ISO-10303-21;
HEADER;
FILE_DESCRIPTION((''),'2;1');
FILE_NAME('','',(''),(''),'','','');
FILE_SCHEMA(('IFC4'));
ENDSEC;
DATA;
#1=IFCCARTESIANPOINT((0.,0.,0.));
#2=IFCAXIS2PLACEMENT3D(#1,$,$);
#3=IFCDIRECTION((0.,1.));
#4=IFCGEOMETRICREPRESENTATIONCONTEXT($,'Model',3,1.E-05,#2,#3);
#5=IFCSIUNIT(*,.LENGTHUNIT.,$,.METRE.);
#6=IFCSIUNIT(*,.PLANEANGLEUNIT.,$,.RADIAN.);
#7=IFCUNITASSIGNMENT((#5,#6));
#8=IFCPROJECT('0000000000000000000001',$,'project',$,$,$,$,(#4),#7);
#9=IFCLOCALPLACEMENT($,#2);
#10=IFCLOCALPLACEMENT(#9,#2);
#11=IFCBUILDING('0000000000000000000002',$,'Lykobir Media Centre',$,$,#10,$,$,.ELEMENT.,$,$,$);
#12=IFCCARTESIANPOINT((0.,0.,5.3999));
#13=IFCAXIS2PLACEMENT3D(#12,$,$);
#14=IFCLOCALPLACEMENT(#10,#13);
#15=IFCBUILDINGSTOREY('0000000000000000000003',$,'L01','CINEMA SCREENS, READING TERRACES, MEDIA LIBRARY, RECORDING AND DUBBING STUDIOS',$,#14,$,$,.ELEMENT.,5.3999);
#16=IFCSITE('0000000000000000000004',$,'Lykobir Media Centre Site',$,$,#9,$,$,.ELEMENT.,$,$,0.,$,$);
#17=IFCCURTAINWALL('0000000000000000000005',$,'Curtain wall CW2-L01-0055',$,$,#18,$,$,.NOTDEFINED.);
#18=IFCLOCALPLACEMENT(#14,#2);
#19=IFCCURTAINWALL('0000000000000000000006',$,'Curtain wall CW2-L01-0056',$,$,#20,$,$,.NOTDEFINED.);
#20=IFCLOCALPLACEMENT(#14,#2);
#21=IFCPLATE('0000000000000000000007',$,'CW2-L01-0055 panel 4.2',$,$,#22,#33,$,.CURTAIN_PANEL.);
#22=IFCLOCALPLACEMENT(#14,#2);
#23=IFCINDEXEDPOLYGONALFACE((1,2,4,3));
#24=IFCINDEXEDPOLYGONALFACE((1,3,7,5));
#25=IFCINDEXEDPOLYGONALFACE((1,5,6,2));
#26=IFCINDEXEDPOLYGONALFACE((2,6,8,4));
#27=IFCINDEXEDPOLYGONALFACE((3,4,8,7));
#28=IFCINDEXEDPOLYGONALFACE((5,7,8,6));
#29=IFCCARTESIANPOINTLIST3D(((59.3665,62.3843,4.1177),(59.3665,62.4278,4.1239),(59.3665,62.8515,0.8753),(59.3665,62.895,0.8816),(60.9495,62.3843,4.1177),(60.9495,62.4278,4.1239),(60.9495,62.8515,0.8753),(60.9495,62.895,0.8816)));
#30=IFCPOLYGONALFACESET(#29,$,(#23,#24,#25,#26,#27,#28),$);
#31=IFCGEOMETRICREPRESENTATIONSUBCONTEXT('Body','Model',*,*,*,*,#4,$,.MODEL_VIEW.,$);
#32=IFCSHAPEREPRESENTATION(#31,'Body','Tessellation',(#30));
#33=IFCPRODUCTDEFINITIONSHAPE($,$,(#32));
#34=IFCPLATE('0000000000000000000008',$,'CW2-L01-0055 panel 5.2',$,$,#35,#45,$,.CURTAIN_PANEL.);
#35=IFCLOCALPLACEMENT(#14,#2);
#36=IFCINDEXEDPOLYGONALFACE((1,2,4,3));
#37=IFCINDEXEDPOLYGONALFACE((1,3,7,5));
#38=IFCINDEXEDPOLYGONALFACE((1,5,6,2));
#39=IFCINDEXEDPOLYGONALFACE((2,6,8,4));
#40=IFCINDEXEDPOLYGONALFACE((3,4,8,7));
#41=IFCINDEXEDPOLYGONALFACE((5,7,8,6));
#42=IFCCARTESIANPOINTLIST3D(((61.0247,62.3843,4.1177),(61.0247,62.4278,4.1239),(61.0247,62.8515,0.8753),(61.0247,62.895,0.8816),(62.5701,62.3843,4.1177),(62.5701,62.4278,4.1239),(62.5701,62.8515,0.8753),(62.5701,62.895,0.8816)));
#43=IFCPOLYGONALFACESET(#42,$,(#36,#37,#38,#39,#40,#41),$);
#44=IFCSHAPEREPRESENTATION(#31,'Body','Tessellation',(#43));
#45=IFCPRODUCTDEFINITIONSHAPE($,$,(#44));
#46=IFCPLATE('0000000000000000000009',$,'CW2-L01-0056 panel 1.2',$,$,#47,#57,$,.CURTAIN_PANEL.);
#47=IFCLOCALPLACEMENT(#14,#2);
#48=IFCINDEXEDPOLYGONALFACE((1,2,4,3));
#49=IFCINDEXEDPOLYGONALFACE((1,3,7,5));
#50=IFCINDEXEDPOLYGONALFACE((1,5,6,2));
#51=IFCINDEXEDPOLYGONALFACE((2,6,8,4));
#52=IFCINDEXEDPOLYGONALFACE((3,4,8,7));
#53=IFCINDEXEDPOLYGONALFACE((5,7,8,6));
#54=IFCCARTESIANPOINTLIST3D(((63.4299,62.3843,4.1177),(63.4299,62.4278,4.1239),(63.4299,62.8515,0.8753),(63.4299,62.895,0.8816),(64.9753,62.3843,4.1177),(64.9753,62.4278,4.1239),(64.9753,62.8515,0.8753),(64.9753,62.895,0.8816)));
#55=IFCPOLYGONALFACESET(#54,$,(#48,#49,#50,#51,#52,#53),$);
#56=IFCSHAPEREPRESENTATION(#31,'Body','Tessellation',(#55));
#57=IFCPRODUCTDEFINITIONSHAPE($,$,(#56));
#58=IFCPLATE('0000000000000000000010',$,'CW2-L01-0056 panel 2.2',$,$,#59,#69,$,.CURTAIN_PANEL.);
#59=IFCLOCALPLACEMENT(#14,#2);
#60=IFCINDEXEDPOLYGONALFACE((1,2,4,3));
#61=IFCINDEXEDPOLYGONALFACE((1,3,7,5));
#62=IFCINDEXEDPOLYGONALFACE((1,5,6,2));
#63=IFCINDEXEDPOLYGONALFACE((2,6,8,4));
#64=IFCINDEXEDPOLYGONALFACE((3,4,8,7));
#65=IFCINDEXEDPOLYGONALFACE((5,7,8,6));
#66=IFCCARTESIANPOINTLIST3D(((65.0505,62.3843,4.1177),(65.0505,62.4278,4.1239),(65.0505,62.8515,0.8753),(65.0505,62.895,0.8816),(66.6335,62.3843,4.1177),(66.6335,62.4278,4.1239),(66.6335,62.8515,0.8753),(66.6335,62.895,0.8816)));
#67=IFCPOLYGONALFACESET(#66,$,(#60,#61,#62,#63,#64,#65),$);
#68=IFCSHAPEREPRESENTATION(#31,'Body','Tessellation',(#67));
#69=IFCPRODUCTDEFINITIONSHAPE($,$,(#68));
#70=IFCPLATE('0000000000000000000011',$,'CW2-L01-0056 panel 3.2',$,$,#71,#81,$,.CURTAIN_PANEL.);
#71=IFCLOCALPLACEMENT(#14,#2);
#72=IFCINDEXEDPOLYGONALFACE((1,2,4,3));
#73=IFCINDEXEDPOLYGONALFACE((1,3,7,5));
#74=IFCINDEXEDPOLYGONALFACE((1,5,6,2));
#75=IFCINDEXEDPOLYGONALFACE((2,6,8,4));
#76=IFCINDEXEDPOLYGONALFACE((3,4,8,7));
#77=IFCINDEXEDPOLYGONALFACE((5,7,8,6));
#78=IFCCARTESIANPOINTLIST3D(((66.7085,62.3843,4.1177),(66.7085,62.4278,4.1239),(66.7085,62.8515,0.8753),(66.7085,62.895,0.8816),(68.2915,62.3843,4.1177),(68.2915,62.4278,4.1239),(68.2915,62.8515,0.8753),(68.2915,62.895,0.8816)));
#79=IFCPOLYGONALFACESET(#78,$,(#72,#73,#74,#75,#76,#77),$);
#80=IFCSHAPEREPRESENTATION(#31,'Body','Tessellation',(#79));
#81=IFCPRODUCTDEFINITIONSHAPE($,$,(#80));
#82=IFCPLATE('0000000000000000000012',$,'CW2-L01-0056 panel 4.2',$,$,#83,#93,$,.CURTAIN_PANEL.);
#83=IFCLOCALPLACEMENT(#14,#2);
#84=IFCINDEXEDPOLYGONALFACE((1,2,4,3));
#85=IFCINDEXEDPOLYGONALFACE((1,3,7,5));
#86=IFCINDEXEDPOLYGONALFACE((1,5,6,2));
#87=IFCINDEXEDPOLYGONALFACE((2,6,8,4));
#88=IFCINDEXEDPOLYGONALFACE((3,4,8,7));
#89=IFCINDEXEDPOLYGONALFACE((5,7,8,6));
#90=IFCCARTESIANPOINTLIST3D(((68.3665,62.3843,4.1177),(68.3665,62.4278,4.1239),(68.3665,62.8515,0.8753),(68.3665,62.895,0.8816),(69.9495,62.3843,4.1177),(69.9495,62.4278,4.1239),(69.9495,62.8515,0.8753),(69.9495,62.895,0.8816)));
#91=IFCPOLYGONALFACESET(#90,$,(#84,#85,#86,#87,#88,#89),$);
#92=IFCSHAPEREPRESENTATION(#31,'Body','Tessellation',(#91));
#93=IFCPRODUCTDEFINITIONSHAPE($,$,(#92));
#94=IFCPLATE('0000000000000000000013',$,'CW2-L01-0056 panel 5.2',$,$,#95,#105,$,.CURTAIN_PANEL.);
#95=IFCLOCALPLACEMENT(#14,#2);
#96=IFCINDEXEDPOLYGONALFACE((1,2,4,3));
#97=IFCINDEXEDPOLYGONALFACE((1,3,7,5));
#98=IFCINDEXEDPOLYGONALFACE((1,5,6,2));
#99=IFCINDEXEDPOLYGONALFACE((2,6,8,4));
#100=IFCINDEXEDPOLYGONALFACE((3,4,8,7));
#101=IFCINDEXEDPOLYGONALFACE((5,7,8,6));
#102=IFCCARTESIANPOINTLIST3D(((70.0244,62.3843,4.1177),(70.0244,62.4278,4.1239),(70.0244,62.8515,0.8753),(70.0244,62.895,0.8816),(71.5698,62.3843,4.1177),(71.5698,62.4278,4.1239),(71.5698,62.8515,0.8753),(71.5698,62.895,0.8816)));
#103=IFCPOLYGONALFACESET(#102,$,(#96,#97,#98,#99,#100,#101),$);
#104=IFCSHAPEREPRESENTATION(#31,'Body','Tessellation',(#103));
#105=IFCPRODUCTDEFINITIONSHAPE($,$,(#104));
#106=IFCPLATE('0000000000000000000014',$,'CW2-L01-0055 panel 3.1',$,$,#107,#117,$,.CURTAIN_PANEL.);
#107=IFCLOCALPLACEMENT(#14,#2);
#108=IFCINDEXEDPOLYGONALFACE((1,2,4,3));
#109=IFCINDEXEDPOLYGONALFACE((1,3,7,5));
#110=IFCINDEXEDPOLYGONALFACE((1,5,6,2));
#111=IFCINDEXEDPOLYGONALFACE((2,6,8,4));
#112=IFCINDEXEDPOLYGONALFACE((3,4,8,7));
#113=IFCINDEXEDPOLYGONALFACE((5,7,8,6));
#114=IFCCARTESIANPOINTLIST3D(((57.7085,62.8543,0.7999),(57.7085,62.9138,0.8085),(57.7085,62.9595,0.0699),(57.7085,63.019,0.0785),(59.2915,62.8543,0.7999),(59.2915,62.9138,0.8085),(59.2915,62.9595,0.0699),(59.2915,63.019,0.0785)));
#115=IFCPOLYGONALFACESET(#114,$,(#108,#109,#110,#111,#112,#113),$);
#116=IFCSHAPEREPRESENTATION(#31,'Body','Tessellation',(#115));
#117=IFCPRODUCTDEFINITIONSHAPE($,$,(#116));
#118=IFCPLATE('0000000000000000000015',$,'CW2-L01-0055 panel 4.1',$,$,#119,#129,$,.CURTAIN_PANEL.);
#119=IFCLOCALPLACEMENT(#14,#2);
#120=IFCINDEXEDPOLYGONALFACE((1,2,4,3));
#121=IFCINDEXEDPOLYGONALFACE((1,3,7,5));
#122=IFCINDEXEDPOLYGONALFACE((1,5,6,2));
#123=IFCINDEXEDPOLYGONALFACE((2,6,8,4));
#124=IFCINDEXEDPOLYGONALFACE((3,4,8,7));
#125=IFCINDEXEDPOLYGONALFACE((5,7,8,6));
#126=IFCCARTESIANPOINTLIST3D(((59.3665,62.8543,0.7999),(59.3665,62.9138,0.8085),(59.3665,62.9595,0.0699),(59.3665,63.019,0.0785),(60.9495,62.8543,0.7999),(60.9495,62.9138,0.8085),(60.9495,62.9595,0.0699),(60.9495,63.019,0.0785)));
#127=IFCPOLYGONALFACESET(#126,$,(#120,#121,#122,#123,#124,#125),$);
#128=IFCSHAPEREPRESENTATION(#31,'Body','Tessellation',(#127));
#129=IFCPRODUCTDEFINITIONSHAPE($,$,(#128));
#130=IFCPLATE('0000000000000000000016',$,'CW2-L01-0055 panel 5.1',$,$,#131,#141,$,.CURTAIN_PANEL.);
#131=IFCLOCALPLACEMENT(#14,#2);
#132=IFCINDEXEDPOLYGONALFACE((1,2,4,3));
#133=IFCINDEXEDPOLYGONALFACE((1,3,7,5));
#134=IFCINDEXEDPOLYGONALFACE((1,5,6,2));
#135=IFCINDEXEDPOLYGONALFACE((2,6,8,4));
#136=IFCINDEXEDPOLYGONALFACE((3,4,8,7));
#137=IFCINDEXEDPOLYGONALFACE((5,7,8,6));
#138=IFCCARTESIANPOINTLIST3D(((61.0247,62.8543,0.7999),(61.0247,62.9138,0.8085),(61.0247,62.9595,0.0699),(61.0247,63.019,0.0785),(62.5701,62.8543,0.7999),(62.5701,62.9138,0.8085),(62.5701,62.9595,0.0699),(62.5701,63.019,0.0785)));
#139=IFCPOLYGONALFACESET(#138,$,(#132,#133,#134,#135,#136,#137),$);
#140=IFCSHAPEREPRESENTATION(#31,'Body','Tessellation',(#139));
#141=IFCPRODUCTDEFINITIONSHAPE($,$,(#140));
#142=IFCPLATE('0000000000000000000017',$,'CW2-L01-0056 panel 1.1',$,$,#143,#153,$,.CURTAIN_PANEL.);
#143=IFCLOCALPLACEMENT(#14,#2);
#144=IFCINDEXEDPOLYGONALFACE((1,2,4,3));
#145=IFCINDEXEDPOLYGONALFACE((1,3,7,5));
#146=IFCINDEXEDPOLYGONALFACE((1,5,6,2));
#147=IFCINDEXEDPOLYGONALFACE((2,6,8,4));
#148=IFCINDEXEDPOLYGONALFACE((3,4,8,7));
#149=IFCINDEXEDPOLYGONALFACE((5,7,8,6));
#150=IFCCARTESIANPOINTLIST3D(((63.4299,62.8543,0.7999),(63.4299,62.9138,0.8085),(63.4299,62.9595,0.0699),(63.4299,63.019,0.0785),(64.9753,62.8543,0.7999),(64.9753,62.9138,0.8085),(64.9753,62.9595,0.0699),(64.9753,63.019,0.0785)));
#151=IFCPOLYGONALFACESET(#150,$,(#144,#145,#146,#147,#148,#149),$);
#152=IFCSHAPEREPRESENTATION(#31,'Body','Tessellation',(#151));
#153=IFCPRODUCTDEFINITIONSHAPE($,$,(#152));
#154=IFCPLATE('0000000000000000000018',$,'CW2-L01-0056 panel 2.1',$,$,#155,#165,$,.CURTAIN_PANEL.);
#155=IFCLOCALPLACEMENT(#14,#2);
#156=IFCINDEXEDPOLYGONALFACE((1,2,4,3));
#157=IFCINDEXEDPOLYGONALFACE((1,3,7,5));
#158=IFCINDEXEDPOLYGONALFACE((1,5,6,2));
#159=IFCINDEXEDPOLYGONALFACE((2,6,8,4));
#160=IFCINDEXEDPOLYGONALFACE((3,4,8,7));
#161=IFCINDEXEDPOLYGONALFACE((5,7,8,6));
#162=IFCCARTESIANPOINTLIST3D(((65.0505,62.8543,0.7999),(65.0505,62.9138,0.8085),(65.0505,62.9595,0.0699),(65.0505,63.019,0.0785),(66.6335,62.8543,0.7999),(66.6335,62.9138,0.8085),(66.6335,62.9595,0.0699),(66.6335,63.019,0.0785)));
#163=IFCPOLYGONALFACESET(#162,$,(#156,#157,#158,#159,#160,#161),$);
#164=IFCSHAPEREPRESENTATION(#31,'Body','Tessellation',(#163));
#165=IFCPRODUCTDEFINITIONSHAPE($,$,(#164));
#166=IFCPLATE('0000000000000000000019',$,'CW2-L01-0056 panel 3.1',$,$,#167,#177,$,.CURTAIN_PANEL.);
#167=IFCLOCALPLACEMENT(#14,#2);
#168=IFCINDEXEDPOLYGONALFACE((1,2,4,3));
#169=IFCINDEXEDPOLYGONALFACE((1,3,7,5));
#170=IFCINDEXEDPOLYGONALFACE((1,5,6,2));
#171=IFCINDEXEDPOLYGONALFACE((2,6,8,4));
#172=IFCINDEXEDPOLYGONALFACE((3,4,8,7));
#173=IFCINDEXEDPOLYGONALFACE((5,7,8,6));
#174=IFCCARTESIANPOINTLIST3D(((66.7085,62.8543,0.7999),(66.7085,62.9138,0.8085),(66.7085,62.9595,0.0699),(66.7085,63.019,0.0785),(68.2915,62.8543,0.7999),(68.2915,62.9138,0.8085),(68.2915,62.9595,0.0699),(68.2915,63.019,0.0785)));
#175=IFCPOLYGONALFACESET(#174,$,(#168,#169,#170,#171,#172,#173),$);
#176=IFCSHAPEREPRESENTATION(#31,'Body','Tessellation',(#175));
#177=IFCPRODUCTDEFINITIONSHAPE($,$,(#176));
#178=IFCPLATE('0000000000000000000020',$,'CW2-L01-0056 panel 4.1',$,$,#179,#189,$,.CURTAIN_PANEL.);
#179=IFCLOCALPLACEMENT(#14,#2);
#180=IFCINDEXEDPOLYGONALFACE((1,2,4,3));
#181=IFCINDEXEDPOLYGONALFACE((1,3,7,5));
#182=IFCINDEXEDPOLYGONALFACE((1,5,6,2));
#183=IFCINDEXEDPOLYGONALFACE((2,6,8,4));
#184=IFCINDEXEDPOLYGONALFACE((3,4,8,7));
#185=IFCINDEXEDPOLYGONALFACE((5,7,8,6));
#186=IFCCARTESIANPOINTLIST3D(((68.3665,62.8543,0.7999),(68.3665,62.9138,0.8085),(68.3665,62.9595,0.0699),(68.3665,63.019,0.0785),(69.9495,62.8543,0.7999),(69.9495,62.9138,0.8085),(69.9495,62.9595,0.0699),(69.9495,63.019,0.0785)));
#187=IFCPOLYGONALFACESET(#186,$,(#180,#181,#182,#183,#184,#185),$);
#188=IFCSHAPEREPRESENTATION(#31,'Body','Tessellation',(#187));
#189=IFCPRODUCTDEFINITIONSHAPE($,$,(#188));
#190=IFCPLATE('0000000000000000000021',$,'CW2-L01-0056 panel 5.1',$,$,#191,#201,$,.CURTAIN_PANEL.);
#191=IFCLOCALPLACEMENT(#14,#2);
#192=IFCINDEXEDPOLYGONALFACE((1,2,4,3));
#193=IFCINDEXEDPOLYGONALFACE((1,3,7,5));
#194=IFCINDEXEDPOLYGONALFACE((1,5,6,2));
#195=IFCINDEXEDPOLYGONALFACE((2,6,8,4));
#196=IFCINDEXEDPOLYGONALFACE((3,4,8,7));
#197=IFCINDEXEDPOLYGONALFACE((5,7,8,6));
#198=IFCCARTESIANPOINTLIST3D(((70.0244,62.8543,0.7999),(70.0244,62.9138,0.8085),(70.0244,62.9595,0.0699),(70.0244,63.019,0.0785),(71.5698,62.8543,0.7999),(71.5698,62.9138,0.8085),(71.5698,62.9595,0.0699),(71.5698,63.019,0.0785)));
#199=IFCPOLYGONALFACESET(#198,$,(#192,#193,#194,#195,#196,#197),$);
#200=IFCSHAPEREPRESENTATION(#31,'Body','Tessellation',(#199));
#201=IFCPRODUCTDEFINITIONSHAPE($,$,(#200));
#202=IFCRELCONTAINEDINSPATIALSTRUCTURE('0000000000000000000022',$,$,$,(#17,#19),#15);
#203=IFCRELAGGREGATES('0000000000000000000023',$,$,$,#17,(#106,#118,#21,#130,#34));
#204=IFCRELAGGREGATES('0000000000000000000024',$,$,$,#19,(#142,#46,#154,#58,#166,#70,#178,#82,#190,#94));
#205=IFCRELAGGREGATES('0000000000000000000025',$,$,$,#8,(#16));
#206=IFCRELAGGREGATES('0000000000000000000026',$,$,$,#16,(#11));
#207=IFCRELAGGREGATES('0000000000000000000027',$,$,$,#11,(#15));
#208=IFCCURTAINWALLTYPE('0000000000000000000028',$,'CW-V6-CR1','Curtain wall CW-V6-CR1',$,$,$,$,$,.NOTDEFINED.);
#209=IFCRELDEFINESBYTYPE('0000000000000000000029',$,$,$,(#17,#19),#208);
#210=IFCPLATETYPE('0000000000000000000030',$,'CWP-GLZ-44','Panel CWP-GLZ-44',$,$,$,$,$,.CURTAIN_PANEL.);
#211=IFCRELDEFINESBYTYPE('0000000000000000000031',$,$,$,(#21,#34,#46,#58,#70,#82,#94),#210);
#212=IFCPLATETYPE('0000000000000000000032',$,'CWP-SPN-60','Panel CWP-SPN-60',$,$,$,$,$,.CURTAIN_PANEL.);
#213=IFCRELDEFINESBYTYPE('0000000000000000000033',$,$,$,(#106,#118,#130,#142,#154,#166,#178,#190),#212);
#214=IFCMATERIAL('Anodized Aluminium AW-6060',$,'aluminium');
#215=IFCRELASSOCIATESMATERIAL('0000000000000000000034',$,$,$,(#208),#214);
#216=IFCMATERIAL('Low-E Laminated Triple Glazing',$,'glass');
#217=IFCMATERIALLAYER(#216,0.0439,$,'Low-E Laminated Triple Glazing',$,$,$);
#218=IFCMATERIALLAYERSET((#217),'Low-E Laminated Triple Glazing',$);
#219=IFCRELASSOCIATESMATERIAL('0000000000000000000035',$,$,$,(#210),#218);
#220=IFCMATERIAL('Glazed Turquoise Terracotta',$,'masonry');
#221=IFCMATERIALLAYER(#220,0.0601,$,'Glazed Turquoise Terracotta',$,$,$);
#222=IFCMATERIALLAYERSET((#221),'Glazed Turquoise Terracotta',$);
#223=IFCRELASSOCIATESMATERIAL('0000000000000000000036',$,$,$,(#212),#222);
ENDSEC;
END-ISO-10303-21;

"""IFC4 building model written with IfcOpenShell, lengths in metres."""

from ifc_helpers import new_model, si_unit, direction, frame, origin, origin_2d, place, context, subcontext, project, spatial, rectangle, extrude, material, layer, layer_set, type_object, element, aggregate, save


model = new_model("IFC4")

# Units and contexts
model_context = context("Model", 3, precision=1e-05, world=origin(), true_north=direction((0.0, 1.0)))
body_context = subcontext(model_context, "Body", "Model", "MODEL_VIEW")
ifc_project = project(units=[si_unit("LENGTHUNIT", "METRE"), si_unit("PLANEANGLEUNIT", "RADIAN")], contexts=[model_context])

# Site, building, storey
site_placement = place(None, origin())
site = spatial("IfcSite", under=ifc_project, at=site_placement, Name="Lykobir Media Centre Site", CompositionType="ELEMENT", RefElevation=0.0)
building_placement = place(site_placement, origin())
building = spatial("IfcBuilding", under=site, at=building_placement, Name="Lykobir Media Centre", CompositionType="ELEMENT")
storey_placement = place(building_placement, frame((0.0, 0.0, 5.3999)))
storey = spatial("IfcBuildingStorey", under=building, at=storey_placement, Name="L01", Description="CINEMA SCREENS, READING TERRACES, MEDIA LIBRARY, RECORDING AND DUBBING STUDIOS", CompositionType="ELEMENT", Elevation=5.3999)

# Curtain walls
ifc_material_1 = material(Name="Anodized Aluminium AW-6060", Category="aluminium")
curtain_wall_type = type_object("IfcCurtainWallType", Name="CW-V6-CR1", Description="Curtain wall CW-V6-CR1", PredefinedType="NOTDEFINED", material=ifc_material_1)
curtain_wall_1_placement = place(storey_placement, origin())
curtain_wall_1 = element("IfcCurtainWall", 1, at=curtain_wall_1_placement, inside=storey, type_object=curtain_wall_type, Name="Curtain wall CW2-L01-0055", PredefinedType="NOTDEFINED")
curtain_wall_2_placement = place(storey_placement, origin())
curtain_wall_2 = element("IfcCurtainWall", 2, at=curtain_wall_2_placement, inside=storey, type_object=curtain_wall_type, Name="Curtain wall CW2-L01-0056", PredefinedType="NOTDEFINED")

# Plates
ifc_material_2 = material(Name="Low-E Laminated Triple Glazing", Category="glass")
ifc_layer_1 = layer(ifc_material_2, 0.0439, Name="Low-E Laminated Triple Glazing")
ifc_layer_set_1 = layer_set([ifc_layer_1], Name="Low-E Laminated Triple Glazing")
plate_type_1 = type_object("IfcPlateType", Name="CWP-GLZ-44", Description="Panel CWP-GLZ-44", PredefinedType="CURTAIN_PANEL", material=ifc_layer_set_1)
plate_1_placement = place(storey_placement, frame((60.158, 62.8733, 0.8784), z_axis=(0.0, -0.142629, 0.989776), x_axis=(1.0, 0.0, 0.0)))
plate_1 = element("IfcPlate", 3, at=plate_1_placement, type_object=plate_type_1, Name="CW2-L01-0055 panel 4.2", PredefinedType="CURTAIN_PANEL", context=body_context, shape_type="SweptSolid", body=[
    extrude(rectangle(XDim=1.583, YDim=0.0439, at=origin_2d()), origin(), (0.0, 0.0, 1.0), 3.2759),
])
plate_2_placement = place(storey_placement, frame((61.7974, 62.8733, 0.8784), z_axis=(0.0, -0.142629, 0.989776), x_axis=(1.0, 0.0, 0.0)))
plate_2 = element("IfcPlate", 4, at=plate_2_placement, type_object=plate_type_1, Name="CW2-L01-0055 panel 5.2", PredefinedType="CURTAIN_PANEL", context=body_context, shape_type="SweptSolid", body=[
    extrude(rectangle(XDim=1.5454, YDim=0.0439, at=origin_2d()), origin(), (0.0, 0.0, 1.0), 3.2759),
])
plate_3_placement = place(storey_placement, frame((64.2026, 62.8733, 0.8784), z_axis=(0.0, -0.142629, 0.989776), x_axis=(1.0, 0.0, 0.0)))
plate_3 = element("IfcPlate", 5, at=plate_3_placement, type_object=plate_type_1, Name="CW2-L01-0056 panel 1.2", PredefinedType="CURTAIN_PANEL", context=body_context, shape_type="SweptSolid", body=[
    extrude(rectangle(XDim=1.5454, YDim=0.0439, at=origin_2d()), origin(), (0.0, 0.0, 1.0), 3.2759),
])
plate_4_placement = place(storey_placement, frame((65.842, 62.8733, 0.8784), z_axis=(0.0, -0.142629, 0.989776), x_axis=(1.0, 0.0, 0.0)))
plate_4 = element("IfcPlate", 6, at=plate_4_placement, type_object=plate_type_1, Name="CW2-L01-0056 panel 2.2", PredefinedType="CURTAIN_PANEL", context=body_context, shape_type="SweptSolid", body=[
    extrude(rectangle(XDim=1.583, YDim=0.0439, at=origin_2d()), origin(), (0.0, 0.0, 1.0), 3.2759),
])
plate_5_placement = place(storey_placement, frame((67.5, 62.8733, 0.8784), z_axis=(0.0, -0.142629, 0.989776), x_axis=(1.0, 0.0, 0.0)))
plate_5 = element("IfcPlate", 7, at=plate_5_placement, type_object=plate_type_1, Name="CW2-L01-0056 panel 3.2", PredefinedType="CURTAIN_PANEL", context=body_context, shape_type="SweptSolid", body=[
    extrude(rectangle(XDim=1.583, YDim=0.0439, at=origin_2d()), origin(), (0.0, 0.0, 1.0), 3.2759),
])
plate_6_placement = place(storey_placement, frame((69.158, 62.8733, 0.8784), z_axis=(0.0, -0.142629, 0.989776), x_axis=(1.0, 0.0, 0.0)))
plate_6 = element("IfcPlate", 8, at=plate_6_placement, type_object=plate_type_1, Name="CW2-L01-0056 panel 4.2", PredefinedType="CURTAIN_PANEL", context=body_context, shape_type="SweptSolid", body=[
    extrude(rectangle(XDim=1.583, YDim=0.0439, at=origin_2d()), origin(), (0.0, 0.0, 1.0), 3.2759),
])
plate_7_placement = place(storey_placement, frame((70.7971, 62.8733, 0.8784), z_axis=(0.0, -0.142629, 0.989776), x_axis=(1.0, 0.0, 0.0)))
plate_7 = element("IfcPlate", 9, at=plate_7_placement, type_object=plate_type_1, Name="CW2-L01-0056 panel 5.2", PredefinedType="CURTAIN_PANEL", context=body_context, shape_type="SweptSolid", body=[
    extrude(rectangle(XDim=1.5454, YDim=0.0439, at=origin_2d()), origin(), (0.0, 0.0, 1.0), 3.2759),
])
ifc_material_3 = material(Name="Glazed Turquoise Terracotta", Category="masonry")
ifc_layer_2 = layer(ifc_material_3, 0.0601, Name="Glazed Turquoise Terracotta")
ifc_layer_set_2 = layer_set([ifc_layer_2], Name="Glazed Turquoise Terracotta")
plate_type_2 = type_object("IfcPlateType", Name="CWP-SPN-60", Description="Panel CWP-SPN-60", PredefinedType="CURTAIN_PANEL", material=ifc_layer_set_2)
plate_8_placement = place(storey_placement, frame((58.5, 62.9893, 0.0742), z_axis=(0.0, -0.142629, 0.989776), x_axis=(1.0, 0.0, 0.0)))
plate_8 = element("IfcPlate", 10, at=plate_8_placement, type_object=plate_type_2, Name="CW2-L01-0055 panel 3.1", PredefinedType="CURTAIN_PANEL", context=body_context, shape_type="SweptSolid", body=[
    extrude(rectangle(XDim=1.583, YDim=0.0601, at=origin_2d()), origin(), (0.0, 0.0, 1.0), 0.7375),
])
plate_9_placement = place(storey_placement, frame((60.158, 62.9893, 0.0742), z_axis=(0.0, -0.142629, 0.989776), x_axis=(1.0, 0.0, 0.0)))
plate_9 = element("IfcPlate", 11, at=plate_9_placement, type_object=plate_type_2, Name="CW2-L01-0055 panel 4.1", PredefinedType="CURTAIN_PANEL", context=body_context, shape_type="SweptSolid", body=[
    extrude(rectangle(XDim=1.583, YDim=0.0601, at=origin_2d()), origin(), (0.0, 0.0, 1.0), 0.7375),
])
plate_10_placement = place(storey_placement, frame((61.7974, 62.9893, 0.0742), z_axis=(0.0, -0.142629, 0.989776), x_axis=(1.0, 0.0, 0.0)))
plate_10 = element("IfcPlate", 12, at=plate_10_placement, type_object=plate_type_2, Name="CW2-L01-0055 panel 5.1", PredefinedType="CURTAIN_PANEL", context=body_context, shape_type="SweptSolid", body=[
    extrude(rectangle(XDim=1.5454, YDim=0.0601, at=origin_2d()), origin(), (0.0, 0.0, 1.0), 0.7375),
])
aggregate(curtain_wall_1, [plate_8, plate_9, plate_1, plate_10, plate_2])
plate_11_placement = place(storey_placement, frame((64.2026, 62.9893, 0.0742), z_axis=(0.0, -0.142629, 0.989776), x_axis=(1.0, 0.0, 0.0)))
plate_11 = element("IfcPlate", 13, at=plate_11_placement, type_object=plate_type_2, Name="CW2-L01-0056 panel 1.1", PredefinedType="CURTAIN_PANEL", context=body_context, shape_type="SweptSolid", body=[
    extrude(rectangle(XDim=1.5454, YDim=0.0601, at=origin_2d()), origin(), (0.0, 0.0, 1.0), 0.7375),
])
plate_12_placement = place(storey_placement, frame((65.842, 62.9893, 0.0742), z_axis=(0.0, -0.142629, 0.989776), x_axis=(1.0, 0.0, 0.0)))
plate_12 = element("IfcPlate", 14, at=plate_12_placement, type_object=plate_type_2, Name="CW2-L01-0056 panel 2.1", PredefinedType="CURTAIN_PANEL", context=body_context, shape_type="SweptSolid", body=[
    extrude(rectangle(XDim=1.583, YDim=0.0601, at=origin_2d()), origin(), (0.0, 0.0, 1.0), 0.7375),
])
plate_13_placement = place(storey_placement, frame((67.5, 62.9893, 0.0742), z_axis=(0.0, -0.142629, 0.989776), x_axis=(1.0, 0.0, 0.0)))
plate_13 = element("IfcPlate", 15, at=plate_13_placement, type_object=plate_type_2, Name="CW2-L01-0056 panel 3.1", PredefinedType="CURTAIN_PANEL", context=body_context, shape_type="SweptSolid", body=[
    extrude(rectangle(XDim=1.583, YDim=0.0601, at=origin_2d()), origin(), (0.0, 0.0, 1.0), 0.7375),
])
plate_14_placement = place(storey_placement, frame((69.158, 62.9893, 0.0742), z_axis=(0.0, -0.142629, 0.989776), x_axis=(1.0, 0.0, 0.0)))
plate_14 = element("IfcPlate", 16, at=plate_14_placement, type_object=plate_type_2, Name="CW2-L01-0056 panel 4.1", PredefinedType="CURTAIN_PANEL", context=body_context, shape_type="SweptSolid", body=[
    extrude(rectangle(XDim=1.583, YDim=0.0601, at=origin_2d()), origin(), (0.0, 0.0, 1.0), 0.7375),
])
plate_15_placement = place(storey_placement, frame((70.7971, 62.9893, 0.0742), z_axis=(0.0, -0.142629, 0.989776), x_axis=(1.0, 0.0, 0.0)))
plate_15 = element("IfcPlate", 17, at=plate_15_placement, type_object=plate_type_2, Name="CW2-L01-0056 panel 5.1", PredefinedType="CURTAIN_PANEL", context=body_context, shape_type="SweptSolid", body=[
    extrude(rectangle(XDim=1.5454, YDim=0.0601, at=origin_2d()), origin(), (0.0, 0.0, 1.0), 0.7375),
])
aggregate(curtain_wall_2, [plate_11, plate_3, plate_12, plate_4, plate_13, plate_5, plate_14, plate_6, plate_15, plate_7])

save(model, "model.ifc")
